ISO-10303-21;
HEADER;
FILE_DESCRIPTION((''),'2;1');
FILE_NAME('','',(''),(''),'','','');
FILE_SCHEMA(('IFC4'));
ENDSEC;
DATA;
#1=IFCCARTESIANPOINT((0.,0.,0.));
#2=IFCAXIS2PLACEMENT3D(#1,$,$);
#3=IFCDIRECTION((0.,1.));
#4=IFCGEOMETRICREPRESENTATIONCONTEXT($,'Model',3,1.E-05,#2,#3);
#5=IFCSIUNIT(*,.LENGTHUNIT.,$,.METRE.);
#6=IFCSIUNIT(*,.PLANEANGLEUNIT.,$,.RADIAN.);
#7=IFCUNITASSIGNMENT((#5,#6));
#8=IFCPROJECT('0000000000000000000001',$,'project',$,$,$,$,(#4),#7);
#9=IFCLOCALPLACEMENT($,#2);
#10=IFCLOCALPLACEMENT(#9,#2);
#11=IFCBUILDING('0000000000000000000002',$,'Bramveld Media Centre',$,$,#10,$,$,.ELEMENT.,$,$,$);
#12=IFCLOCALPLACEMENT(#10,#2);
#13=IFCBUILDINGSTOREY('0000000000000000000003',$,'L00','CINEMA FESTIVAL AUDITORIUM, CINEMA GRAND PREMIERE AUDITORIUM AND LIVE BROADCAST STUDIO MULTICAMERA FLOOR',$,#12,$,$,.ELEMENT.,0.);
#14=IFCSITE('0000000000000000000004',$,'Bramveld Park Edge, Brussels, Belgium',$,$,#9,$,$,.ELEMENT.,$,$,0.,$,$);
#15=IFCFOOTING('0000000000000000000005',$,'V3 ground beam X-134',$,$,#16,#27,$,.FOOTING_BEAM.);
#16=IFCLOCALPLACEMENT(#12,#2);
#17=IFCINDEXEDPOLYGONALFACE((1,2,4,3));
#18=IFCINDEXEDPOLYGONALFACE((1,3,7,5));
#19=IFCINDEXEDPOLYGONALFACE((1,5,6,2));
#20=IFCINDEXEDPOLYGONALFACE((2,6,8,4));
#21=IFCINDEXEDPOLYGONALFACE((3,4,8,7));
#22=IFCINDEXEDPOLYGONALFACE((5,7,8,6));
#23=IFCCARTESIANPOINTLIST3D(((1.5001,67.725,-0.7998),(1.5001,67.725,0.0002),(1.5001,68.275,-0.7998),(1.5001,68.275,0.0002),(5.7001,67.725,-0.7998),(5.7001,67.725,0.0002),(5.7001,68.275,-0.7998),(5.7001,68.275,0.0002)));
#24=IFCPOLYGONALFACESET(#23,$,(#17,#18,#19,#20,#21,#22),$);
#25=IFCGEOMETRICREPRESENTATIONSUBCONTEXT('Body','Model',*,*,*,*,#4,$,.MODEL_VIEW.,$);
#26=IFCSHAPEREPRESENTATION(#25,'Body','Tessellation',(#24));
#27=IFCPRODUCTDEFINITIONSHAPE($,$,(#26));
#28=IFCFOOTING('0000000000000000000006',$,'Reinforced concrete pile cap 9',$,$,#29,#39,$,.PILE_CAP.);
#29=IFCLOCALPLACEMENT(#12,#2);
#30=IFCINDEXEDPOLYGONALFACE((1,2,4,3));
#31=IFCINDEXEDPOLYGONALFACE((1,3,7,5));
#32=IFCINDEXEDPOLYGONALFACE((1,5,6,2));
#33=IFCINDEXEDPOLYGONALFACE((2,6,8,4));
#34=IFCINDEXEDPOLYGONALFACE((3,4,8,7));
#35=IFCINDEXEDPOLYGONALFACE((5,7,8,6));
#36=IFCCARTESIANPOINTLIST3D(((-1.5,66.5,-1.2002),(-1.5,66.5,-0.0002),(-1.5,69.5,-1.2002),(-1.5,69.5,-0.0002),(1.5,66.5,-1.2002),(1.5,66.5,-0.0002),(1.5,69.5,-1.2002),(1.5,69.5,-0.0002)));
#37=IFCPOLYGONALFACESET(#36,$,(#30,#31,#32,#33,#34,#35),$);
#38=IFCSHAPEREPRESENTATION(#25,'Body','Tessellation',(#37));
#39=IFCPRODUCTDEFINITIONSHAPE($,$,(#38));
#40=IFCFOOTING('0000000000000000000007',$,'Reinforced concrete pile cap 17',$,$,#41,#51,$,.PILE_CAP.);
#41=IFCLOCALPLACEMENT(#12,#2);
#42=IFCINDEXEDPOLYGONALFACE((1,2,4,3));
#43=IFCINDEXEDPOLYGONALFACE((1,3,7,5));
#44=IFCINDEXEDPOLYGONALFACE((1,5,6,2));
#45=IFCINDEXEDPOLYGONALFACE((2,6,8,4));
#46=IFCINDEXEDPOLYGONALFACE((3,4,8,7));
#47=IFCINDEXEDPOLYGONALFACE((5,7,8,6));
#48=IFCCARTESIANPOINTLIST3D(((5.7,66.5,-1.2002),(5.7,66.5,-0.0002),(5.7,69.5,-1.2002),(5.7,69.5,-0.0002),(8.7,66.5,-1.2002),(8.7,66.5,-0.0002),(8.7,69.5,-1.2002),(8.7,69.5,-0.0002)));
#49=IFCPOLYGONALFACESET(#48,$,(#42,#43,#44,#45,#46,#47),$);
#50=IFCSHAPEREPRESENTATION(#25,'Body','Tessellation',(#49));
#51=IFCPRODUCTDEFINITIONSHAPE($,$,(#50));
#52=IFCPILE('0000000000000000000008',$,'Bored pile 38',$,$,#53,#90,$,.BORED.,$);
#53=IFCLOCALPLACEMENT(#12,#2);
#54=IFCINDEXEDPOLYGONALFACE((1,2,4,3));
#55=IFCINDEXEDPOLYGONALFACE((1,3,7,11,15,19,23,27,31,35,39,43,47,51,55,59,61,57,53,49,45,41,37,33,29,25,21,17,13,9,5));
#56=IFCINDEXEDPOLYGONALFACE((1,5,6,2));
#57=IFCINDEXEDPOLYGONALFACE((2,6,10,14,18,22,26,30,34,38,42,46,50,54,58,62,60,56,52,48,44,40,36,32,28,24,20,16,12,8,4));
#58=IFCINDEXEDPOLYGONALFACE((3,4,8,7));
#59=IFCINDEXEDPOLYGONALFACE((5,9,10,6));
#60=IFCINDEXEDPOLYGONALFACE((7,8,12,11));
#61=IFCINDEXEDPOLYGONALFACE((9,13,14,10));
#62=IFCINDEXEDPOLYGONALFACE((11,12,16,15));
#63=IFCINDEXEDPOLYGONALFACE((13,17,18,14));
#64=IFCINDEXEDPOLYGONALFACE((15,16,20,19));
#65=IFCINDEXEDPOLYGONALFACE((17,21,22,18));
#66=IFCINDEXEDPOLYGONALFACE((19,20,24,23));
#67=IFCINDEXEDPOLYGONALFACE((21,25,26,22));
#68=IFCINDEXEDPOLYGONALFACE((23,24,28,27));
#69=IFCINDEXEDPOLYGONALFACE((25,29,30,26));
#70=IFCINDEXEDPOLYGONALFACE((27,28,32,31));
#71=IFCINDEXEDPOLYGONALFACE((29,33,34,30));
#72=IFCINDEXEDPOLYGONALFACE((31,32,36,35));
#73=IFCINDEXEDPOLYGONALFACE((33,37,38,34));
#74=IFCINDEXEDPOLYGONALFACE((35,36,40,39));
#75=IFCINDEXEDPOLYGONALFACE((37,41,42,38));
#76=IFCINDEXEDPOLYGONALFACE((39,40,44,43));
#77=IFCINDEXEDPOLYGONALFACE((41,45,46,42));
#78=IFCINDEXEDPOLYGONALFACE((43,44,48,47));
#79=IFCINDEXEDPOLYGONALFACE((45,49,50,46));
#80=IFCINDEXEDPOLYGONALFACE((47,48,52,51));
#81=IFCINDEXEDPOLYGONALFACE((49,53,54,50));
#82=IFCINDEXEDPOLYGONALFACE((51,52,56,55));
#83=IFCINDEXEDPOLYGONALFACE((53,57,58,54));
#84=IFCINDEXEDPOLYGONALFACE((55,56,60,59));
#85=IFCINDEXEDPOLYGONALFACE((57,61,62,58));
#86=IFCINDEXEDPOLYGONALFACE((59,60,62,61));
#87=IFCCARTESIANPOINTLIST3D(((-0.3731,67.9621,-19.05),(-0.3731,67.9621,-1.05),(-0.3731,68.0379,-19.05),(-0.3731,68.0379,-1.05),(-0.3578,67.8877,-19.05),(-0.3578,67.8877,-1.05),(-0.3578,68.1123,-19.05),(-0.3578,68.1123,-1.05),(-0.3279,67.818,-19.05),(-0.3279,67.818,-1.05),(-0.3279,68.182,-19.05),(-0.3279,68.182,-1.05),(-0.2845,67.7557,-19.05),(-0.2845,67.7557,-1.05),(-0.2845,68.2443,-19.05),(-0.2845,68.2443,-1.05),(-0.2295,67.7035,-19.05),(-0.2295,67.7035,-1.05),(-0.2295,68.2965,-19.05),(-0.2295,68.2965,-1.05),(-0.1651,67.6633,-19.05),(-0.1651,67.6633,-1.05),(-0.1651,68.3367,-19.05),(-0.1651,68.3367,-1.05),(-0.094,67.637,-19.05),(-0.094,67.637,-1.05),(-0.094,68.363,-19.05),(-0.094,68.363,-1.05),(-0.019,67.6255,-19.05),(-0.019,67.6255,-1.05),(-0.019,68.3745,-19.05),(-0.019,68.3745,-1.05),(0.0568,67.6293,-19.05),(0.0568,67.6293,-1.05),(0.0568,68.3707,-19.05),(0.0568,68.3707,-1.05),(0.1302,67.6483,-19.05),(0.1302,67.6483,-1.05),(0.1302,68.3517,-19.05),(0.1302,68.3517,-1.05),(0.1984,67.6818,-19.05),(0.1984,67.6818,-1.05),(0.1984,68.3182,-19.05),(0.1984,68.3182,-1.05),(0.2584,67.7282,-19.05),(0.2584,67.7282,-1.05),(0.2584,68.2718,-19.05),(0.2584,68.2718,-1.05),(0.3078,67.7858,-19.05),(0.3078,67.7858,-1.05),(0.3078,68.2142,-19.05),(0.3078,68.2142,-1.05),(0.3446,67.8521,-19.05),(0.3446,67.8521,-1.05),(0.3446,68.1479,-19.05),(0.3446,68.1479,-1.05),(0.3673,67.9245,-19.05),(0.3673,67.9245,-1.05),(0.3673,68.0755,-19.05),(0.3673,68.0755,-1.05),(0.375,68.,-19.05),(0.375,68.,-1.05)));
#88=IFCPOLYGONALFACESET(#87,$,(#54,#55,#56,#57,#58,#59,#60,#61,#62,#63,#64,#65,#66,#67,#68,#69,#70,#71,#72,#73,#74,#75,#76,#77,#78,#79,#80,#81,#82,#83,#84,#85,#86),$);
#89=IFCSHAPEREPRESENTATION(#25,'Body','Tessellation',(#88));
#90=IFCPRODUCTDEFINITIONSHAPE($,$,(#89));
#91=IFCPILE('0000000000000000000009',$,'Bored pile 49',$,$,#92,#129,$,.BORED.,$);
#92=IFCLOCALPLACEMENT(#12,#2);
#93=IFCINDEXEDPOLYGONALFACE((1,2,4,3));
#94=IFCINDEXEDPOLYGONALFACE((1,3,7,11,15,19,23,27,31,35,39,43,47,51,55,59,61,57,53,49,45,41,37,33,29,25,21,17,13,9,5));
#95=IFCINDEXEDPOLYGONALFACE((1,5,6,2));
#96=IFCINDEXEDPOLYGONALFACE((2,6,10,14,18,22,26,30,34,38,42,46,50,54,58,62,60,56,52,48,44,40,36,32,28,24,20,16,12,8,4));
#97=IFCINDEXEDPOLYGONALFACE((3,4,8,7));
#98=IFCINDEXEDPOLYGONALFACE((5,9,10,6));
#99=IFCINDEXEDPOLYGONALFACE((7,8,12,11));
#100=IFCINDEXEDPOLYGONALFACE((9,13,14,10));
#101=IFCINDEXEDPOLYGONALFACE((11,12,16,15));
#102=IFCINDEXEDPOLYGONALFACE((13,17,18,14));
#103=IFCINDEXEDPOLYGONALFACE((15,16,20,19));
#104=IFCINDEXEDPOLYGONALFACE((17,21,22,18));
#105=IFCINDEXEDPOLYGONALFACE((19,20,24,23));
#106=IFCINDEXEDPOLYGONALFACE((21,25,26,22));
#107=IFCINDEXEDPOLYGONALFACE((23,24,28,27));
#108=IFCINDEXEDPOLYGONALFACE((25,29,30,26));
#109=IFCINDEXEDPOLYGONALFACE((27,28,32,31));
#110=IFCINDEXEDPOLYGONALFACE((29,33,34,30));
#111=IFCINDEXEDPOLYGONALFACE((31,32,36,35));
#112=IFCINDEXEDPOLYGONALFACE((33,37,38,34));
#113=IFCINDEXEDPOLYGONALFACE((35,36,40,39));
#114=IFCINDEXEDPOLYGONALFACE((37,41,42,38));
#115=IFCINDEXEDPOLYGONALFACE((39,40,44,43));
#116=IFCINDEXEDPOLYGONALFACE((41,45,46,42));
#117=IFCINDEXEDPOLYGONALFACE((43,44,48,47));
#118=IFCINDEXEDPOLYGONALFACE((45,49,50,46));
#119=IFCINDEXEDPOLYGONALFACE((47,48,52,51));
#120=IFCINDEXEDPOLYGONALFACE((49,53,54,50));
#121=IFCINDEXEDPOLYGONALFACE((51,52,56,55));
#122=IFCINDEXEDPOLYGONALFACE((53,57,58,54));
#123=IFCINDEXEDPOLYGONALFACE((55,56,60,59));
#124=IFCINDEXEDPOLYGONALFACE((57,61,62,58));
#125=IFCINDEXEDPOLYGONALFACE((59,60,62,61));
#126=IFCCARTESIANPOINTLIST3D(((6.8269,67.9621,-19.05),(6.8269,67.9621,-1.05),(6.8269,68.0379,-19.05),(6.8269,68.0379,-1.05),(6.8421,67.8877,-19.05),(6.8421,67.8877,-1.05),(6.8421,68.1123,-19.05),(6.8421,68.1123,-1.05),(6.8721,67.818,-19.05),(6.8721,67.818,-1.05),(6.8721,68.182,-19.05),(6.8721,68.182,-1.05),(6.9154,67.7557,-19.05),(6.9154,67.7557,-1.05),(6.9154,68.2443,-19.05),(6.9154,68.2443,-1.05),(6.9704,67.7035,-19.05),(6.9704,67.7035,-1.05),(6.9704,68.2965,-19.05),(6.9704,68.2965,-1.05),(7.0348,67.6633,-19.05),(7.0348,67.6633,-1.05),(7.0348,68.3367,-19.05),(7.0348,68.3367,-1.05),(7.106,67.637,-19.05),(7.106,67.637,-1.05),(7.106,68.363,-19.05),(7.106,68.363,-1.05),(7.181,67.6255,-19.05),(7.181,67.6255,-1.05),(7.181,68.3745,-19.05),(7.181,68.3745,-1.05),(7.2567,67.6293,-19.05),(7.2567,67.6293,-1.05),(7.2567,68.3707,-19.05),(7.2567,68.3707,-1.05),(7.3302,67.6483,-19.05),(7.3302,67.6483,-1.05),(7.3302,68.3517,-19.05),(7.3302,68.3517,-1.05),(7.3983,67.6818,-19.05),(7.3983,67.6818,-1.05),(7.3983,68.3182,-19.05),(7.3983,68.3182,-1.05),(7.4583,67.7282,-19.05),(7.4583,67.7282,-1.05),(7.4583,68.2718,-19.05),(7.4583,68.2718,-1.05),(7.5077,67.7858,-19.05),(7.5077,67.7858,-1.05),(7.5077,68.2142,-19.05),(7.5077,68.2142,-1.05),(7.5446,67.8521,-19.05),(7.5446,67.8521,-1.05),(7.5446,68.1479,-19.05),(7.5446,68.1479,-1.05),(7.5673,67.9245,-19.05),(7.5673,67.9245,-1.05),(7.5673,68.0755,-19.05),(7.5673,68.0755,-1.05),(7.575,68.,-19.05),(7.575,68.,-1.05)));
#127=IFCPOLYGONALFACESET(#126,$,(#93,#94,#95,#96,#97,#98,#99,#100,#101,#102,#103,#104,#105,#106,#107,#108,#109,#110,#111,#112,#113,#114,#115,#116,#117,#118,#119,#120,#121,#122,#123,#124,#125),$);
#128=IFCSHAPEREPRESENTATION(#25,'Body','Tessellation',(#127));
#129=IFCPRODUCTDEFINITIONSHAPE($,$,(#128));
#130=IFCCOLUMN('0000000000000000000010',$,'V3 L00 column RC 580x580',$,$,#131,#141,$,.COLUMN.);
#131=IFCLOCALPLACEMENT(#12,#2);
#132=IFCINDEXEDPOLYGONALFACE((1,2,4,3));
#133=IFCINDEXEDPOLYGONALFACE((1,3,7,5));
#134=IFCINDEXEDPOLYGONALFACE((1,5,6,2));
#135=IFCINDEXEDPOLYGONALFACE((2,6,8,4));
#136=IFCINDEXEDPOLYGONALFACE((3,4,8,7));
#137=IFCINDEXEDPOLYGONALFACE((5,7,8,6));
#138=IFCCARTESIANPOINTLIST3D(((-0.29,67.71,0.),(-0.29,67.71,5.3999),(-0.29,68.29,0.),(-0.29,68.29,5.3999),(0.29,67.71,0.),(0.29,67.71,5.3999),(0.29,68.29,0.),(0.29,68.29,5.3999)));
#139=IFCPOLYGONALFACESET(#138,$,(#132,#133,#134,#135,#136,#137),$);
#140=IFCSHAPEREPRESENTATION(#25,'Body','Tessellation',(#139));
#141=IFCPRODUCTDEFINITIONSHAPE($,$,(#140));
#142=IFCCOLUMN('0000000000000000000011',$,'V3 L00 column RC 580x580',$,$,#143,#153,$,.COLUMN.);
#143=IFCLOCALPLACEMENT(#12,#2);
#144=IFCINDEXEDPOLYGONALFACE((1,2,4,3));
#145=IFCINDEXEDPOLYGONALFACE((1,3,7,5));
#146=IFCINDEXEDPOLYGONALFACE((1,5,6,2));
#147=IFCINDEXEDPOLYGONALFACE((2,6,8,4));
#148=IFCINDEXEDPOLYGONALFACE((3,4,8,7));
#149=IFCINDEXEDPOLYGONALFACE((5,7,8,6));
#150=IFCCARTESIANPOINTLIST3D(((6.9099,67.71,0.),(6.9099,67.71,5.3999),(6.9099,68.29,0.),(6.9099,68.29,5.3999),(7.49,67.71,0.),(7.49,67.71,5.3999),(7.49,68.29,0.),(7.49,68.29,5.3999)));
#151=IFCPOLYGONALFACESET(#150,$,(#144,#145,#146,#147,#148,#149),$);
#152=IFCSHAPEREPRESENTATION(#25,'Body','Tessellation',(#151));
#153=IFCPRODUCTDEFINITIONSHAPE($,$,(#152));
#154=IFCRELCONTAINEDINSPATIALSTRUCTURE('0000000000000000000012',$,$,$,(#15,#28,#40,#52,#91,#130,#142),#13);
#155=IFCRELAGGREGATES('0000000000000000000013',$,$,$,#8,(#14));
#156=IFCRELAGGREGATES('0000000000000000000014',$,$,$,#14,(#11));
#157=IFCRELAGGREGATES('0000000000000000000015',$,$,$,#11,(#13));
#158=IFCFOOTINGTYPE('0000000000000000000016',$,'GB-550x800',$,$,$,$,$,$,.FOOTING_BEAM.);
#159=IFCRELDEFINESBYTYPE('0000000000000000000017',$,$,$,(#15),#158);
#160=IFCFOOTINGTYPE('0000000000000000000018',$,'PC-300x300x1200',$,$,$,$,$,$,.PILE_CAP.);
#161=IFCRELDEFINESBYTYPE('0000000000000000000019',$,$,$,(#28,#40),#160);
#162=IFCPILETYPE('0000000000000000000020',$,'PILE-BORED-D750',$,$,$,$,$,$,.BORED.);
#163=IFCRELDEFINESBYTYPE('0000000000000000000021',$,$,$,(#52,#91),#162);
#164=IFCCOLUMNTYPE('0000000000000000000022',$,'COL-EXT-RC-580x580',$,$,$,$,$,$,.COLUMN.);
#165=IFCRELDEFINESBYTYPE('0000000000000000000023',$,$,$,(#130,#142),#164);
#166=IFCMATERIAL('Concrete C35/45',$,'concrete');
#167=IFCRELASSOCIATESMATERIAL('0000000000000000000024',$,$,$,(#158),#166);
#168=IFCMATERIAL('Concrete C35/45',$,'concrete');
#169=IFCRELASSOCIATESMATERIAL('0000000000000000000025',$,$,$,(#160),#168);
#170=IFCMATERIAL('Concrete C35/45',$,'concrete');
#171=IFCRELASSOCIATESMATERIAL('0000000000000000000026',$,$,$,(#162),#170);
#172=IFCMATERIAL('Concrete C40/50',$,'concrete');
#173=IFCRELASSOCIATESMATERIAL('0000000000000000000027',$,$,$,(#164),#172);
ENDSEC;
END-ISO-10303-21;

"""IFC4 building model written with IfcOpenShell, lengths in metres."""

from ifc_helpers import new_model, si_unit, direction, frame, origin, origin_2d, place, context, subcontext, project, spatial, rectangle, circle, extrude, material, material_profile, profile_set, type_object, element, save


model = new_model("IFC4")

# Units and contexts
model_context = context("Model", 3, precision=1e-05, world=origin(), true_north=direction((0.0, 1.0)))
body_context = subcontext(model_context, "Body", "Model", "MODEL_VIEW")
ifc_project = project(units=[si_unit("LENGTHUNIT", "METRE"), si_unit("PLANEANGLEUNIT", "RADIAN")], contexts=[model_context])

# Site, building, storey
site_placement = place(None, origin())
site = spatial("IfcSite", under=ifc_project, at=site_placement, Name="Bramveld Park Edge, Brussels, Belgium", CompositionType="ELEMENT", RefElevation=0.0)
building_placement = place(site_placement, origin())
building = spatial("IfcBuilding", under=site, at=building_placement, Name="Bramveld Media Centre", CompositionType="ELEMENT")
storey_placement = place(building_placement, origin())
storey = spatial("IfcBuildingStorey", under=building, at=storey_placement, Name="L00", Description="CINEMA FESTIVAL AUDITORIUM, CINEMA GRAND PREMIERE AUDITORIUM AND LIVE BROADCAST STUDIO MULTICAMERA FLOOR", CompositionType="ELEMENT", Elevation=0.0)

# Footings
ifc_material_1 = material(Name="Concrete C35/45", Category="concrete")
footing_type_1 = type_object("IfcFootingType", Name="GB-550x800", PredefinedType="FOOTING_BEAM", material=ifc_material_1)
footing_placement = place(storey_placement, frame((3.6001, 68.0, -0.7998), z_axis=(0.0, 0.0, 1.0), x_axis=(1.0, 0.0, 0.0)))
element("IfcFooting", 1, at=footing_placement, inside=storey, type_object=footing_type_1, Name="V3 ground beam X-134", PredefinedType="FOOTING_BEAM", context=body_context, shape_type="SweptSolid", body=[
    extrude(rectangle(XDim=4.2, YDim=0.55, at=origin_2d()), origin(), (0.0, 0.0, 1.0), 0.8),
])
ifc_material_2 = material(Name="Concrete C35/45", Category="concrete")
footing_type_2 = type_object("IfcFootingType", Name="PC-300x300x1200", PredefinedType="PILE_CAP", material=ifc_material_2)
for number, where, z_axis, x_axis, name in (
    (2, (0.0, 68.0, -1.2002), (0.0, 0.0, 1.0), (1.0, 0.0, 0.0), "Reinforced concrete pile cap 9"),
    (3, (7.2, 68.0, -1.2002), (0.0, 0.0, 1.0), (1.0, 0.0, 0.0), "Reinforced concrete pile cap 17"),
):
    element("IfcFooting", number, at=place(storey_placement, frame(where, z_axis=z_axis, x_axis=x_axis)), inside=storey, type_object=footing_type_2, Name=name, PredefinedType="PILE_CAP", context=body_context, shape_type="SweptSolid", body=[
        extrude(rectangle(XDim=3.0, YDim=3.0, at=origin_2d()), origin(), (0.0, 0.0, 1.0), 1.2),
    ])

# Piles
ifc_material_3 = material(Name="Concrete C35/45", Category="concrete")
ifc_material_profile_1 = material_profile(ifc_material_3, circle(Radius=0.375, at=origin_2d()), Name="BORED D750")
ifc_profile_set_1 = profile_set([ifc_material_profile_1], Name="Concrete C35/45")
pile_type = type_object("IfcPileType", Name="PILE-BORED-D750", PredefinedType="BORED", material=ifc_profile_set_1)
for number, where, z_axis, x_axis, name in (
    (4, (0.0, 68.0, -1.05), (0.0, 0.0, -1.0), (1.0, 0.0, 0.0), "Bored pile 38"),
    (5, (7.2, 68.0, -1.05), (0.0, 0.0, -1.0), (1.0, 0.0, 0.0), "Bored pile 49"),
):
    element("IfcPile", number, at=place(storey_placement, frame(where, z_axis=z_axis, x_axis=x_axis)), inside=storey, type_object=pile_type, Name=name, PredefinedType="BORED", context=body_context, shape_type="SweptSolid", body=[
        extrude(circle(Radius=0.375, at=origin_2d()), origin(), (0.0, 0.0, 1.0), 18.0),
    ])

# Columns
ifc_material_4 = material(Name="Concrete C40/50", Category="concrete")
ifc_material_profile_2 = material_profile(ifc_material_4, rectangle(XDim=0.5801, YDim=0.5801, at=origin_2d()), Name="RC 580x580")
ifc_profile_set_2 = profile_set([ifc_material_profile_2], Name="Concrete C40/50")
column_type = type_object("IfcColumnType", Name="COL-EXT-RC-580x580", PredefinedType="COLUMN", material=ifc_profile_set_2)
for number, where, z_axis, x_axis, name in (
    (6, (0.0, 68.0, 0.0), (0.0, 0.0, 1.0), (1.0, 0.0, 0.0), "V3 L00 column RC 580x580"),
    (7, (7.2, 68.0, 0.0), (0.0, 0.0, 1.0), (1.0, 0.0, 0.0), "V3 L00 column RC 580x580"),
):
    element("IfcColumn", number, at=place(storey_placement, frame(where, z_axis=z_axis, x_axis=x_axis)), inside=storey, type_object=column_type, Name=name, PredefinedType="COLUMN", context=body_context, shape_type="SweptSolid", body=[
        extrude(rectangle(XDim=0.5801, YDim=0.5801, at=origin_2d()), origin(), (0.0, 0.0, 1.0), 5.3999),
    ])

save(model, "model.ifc")
